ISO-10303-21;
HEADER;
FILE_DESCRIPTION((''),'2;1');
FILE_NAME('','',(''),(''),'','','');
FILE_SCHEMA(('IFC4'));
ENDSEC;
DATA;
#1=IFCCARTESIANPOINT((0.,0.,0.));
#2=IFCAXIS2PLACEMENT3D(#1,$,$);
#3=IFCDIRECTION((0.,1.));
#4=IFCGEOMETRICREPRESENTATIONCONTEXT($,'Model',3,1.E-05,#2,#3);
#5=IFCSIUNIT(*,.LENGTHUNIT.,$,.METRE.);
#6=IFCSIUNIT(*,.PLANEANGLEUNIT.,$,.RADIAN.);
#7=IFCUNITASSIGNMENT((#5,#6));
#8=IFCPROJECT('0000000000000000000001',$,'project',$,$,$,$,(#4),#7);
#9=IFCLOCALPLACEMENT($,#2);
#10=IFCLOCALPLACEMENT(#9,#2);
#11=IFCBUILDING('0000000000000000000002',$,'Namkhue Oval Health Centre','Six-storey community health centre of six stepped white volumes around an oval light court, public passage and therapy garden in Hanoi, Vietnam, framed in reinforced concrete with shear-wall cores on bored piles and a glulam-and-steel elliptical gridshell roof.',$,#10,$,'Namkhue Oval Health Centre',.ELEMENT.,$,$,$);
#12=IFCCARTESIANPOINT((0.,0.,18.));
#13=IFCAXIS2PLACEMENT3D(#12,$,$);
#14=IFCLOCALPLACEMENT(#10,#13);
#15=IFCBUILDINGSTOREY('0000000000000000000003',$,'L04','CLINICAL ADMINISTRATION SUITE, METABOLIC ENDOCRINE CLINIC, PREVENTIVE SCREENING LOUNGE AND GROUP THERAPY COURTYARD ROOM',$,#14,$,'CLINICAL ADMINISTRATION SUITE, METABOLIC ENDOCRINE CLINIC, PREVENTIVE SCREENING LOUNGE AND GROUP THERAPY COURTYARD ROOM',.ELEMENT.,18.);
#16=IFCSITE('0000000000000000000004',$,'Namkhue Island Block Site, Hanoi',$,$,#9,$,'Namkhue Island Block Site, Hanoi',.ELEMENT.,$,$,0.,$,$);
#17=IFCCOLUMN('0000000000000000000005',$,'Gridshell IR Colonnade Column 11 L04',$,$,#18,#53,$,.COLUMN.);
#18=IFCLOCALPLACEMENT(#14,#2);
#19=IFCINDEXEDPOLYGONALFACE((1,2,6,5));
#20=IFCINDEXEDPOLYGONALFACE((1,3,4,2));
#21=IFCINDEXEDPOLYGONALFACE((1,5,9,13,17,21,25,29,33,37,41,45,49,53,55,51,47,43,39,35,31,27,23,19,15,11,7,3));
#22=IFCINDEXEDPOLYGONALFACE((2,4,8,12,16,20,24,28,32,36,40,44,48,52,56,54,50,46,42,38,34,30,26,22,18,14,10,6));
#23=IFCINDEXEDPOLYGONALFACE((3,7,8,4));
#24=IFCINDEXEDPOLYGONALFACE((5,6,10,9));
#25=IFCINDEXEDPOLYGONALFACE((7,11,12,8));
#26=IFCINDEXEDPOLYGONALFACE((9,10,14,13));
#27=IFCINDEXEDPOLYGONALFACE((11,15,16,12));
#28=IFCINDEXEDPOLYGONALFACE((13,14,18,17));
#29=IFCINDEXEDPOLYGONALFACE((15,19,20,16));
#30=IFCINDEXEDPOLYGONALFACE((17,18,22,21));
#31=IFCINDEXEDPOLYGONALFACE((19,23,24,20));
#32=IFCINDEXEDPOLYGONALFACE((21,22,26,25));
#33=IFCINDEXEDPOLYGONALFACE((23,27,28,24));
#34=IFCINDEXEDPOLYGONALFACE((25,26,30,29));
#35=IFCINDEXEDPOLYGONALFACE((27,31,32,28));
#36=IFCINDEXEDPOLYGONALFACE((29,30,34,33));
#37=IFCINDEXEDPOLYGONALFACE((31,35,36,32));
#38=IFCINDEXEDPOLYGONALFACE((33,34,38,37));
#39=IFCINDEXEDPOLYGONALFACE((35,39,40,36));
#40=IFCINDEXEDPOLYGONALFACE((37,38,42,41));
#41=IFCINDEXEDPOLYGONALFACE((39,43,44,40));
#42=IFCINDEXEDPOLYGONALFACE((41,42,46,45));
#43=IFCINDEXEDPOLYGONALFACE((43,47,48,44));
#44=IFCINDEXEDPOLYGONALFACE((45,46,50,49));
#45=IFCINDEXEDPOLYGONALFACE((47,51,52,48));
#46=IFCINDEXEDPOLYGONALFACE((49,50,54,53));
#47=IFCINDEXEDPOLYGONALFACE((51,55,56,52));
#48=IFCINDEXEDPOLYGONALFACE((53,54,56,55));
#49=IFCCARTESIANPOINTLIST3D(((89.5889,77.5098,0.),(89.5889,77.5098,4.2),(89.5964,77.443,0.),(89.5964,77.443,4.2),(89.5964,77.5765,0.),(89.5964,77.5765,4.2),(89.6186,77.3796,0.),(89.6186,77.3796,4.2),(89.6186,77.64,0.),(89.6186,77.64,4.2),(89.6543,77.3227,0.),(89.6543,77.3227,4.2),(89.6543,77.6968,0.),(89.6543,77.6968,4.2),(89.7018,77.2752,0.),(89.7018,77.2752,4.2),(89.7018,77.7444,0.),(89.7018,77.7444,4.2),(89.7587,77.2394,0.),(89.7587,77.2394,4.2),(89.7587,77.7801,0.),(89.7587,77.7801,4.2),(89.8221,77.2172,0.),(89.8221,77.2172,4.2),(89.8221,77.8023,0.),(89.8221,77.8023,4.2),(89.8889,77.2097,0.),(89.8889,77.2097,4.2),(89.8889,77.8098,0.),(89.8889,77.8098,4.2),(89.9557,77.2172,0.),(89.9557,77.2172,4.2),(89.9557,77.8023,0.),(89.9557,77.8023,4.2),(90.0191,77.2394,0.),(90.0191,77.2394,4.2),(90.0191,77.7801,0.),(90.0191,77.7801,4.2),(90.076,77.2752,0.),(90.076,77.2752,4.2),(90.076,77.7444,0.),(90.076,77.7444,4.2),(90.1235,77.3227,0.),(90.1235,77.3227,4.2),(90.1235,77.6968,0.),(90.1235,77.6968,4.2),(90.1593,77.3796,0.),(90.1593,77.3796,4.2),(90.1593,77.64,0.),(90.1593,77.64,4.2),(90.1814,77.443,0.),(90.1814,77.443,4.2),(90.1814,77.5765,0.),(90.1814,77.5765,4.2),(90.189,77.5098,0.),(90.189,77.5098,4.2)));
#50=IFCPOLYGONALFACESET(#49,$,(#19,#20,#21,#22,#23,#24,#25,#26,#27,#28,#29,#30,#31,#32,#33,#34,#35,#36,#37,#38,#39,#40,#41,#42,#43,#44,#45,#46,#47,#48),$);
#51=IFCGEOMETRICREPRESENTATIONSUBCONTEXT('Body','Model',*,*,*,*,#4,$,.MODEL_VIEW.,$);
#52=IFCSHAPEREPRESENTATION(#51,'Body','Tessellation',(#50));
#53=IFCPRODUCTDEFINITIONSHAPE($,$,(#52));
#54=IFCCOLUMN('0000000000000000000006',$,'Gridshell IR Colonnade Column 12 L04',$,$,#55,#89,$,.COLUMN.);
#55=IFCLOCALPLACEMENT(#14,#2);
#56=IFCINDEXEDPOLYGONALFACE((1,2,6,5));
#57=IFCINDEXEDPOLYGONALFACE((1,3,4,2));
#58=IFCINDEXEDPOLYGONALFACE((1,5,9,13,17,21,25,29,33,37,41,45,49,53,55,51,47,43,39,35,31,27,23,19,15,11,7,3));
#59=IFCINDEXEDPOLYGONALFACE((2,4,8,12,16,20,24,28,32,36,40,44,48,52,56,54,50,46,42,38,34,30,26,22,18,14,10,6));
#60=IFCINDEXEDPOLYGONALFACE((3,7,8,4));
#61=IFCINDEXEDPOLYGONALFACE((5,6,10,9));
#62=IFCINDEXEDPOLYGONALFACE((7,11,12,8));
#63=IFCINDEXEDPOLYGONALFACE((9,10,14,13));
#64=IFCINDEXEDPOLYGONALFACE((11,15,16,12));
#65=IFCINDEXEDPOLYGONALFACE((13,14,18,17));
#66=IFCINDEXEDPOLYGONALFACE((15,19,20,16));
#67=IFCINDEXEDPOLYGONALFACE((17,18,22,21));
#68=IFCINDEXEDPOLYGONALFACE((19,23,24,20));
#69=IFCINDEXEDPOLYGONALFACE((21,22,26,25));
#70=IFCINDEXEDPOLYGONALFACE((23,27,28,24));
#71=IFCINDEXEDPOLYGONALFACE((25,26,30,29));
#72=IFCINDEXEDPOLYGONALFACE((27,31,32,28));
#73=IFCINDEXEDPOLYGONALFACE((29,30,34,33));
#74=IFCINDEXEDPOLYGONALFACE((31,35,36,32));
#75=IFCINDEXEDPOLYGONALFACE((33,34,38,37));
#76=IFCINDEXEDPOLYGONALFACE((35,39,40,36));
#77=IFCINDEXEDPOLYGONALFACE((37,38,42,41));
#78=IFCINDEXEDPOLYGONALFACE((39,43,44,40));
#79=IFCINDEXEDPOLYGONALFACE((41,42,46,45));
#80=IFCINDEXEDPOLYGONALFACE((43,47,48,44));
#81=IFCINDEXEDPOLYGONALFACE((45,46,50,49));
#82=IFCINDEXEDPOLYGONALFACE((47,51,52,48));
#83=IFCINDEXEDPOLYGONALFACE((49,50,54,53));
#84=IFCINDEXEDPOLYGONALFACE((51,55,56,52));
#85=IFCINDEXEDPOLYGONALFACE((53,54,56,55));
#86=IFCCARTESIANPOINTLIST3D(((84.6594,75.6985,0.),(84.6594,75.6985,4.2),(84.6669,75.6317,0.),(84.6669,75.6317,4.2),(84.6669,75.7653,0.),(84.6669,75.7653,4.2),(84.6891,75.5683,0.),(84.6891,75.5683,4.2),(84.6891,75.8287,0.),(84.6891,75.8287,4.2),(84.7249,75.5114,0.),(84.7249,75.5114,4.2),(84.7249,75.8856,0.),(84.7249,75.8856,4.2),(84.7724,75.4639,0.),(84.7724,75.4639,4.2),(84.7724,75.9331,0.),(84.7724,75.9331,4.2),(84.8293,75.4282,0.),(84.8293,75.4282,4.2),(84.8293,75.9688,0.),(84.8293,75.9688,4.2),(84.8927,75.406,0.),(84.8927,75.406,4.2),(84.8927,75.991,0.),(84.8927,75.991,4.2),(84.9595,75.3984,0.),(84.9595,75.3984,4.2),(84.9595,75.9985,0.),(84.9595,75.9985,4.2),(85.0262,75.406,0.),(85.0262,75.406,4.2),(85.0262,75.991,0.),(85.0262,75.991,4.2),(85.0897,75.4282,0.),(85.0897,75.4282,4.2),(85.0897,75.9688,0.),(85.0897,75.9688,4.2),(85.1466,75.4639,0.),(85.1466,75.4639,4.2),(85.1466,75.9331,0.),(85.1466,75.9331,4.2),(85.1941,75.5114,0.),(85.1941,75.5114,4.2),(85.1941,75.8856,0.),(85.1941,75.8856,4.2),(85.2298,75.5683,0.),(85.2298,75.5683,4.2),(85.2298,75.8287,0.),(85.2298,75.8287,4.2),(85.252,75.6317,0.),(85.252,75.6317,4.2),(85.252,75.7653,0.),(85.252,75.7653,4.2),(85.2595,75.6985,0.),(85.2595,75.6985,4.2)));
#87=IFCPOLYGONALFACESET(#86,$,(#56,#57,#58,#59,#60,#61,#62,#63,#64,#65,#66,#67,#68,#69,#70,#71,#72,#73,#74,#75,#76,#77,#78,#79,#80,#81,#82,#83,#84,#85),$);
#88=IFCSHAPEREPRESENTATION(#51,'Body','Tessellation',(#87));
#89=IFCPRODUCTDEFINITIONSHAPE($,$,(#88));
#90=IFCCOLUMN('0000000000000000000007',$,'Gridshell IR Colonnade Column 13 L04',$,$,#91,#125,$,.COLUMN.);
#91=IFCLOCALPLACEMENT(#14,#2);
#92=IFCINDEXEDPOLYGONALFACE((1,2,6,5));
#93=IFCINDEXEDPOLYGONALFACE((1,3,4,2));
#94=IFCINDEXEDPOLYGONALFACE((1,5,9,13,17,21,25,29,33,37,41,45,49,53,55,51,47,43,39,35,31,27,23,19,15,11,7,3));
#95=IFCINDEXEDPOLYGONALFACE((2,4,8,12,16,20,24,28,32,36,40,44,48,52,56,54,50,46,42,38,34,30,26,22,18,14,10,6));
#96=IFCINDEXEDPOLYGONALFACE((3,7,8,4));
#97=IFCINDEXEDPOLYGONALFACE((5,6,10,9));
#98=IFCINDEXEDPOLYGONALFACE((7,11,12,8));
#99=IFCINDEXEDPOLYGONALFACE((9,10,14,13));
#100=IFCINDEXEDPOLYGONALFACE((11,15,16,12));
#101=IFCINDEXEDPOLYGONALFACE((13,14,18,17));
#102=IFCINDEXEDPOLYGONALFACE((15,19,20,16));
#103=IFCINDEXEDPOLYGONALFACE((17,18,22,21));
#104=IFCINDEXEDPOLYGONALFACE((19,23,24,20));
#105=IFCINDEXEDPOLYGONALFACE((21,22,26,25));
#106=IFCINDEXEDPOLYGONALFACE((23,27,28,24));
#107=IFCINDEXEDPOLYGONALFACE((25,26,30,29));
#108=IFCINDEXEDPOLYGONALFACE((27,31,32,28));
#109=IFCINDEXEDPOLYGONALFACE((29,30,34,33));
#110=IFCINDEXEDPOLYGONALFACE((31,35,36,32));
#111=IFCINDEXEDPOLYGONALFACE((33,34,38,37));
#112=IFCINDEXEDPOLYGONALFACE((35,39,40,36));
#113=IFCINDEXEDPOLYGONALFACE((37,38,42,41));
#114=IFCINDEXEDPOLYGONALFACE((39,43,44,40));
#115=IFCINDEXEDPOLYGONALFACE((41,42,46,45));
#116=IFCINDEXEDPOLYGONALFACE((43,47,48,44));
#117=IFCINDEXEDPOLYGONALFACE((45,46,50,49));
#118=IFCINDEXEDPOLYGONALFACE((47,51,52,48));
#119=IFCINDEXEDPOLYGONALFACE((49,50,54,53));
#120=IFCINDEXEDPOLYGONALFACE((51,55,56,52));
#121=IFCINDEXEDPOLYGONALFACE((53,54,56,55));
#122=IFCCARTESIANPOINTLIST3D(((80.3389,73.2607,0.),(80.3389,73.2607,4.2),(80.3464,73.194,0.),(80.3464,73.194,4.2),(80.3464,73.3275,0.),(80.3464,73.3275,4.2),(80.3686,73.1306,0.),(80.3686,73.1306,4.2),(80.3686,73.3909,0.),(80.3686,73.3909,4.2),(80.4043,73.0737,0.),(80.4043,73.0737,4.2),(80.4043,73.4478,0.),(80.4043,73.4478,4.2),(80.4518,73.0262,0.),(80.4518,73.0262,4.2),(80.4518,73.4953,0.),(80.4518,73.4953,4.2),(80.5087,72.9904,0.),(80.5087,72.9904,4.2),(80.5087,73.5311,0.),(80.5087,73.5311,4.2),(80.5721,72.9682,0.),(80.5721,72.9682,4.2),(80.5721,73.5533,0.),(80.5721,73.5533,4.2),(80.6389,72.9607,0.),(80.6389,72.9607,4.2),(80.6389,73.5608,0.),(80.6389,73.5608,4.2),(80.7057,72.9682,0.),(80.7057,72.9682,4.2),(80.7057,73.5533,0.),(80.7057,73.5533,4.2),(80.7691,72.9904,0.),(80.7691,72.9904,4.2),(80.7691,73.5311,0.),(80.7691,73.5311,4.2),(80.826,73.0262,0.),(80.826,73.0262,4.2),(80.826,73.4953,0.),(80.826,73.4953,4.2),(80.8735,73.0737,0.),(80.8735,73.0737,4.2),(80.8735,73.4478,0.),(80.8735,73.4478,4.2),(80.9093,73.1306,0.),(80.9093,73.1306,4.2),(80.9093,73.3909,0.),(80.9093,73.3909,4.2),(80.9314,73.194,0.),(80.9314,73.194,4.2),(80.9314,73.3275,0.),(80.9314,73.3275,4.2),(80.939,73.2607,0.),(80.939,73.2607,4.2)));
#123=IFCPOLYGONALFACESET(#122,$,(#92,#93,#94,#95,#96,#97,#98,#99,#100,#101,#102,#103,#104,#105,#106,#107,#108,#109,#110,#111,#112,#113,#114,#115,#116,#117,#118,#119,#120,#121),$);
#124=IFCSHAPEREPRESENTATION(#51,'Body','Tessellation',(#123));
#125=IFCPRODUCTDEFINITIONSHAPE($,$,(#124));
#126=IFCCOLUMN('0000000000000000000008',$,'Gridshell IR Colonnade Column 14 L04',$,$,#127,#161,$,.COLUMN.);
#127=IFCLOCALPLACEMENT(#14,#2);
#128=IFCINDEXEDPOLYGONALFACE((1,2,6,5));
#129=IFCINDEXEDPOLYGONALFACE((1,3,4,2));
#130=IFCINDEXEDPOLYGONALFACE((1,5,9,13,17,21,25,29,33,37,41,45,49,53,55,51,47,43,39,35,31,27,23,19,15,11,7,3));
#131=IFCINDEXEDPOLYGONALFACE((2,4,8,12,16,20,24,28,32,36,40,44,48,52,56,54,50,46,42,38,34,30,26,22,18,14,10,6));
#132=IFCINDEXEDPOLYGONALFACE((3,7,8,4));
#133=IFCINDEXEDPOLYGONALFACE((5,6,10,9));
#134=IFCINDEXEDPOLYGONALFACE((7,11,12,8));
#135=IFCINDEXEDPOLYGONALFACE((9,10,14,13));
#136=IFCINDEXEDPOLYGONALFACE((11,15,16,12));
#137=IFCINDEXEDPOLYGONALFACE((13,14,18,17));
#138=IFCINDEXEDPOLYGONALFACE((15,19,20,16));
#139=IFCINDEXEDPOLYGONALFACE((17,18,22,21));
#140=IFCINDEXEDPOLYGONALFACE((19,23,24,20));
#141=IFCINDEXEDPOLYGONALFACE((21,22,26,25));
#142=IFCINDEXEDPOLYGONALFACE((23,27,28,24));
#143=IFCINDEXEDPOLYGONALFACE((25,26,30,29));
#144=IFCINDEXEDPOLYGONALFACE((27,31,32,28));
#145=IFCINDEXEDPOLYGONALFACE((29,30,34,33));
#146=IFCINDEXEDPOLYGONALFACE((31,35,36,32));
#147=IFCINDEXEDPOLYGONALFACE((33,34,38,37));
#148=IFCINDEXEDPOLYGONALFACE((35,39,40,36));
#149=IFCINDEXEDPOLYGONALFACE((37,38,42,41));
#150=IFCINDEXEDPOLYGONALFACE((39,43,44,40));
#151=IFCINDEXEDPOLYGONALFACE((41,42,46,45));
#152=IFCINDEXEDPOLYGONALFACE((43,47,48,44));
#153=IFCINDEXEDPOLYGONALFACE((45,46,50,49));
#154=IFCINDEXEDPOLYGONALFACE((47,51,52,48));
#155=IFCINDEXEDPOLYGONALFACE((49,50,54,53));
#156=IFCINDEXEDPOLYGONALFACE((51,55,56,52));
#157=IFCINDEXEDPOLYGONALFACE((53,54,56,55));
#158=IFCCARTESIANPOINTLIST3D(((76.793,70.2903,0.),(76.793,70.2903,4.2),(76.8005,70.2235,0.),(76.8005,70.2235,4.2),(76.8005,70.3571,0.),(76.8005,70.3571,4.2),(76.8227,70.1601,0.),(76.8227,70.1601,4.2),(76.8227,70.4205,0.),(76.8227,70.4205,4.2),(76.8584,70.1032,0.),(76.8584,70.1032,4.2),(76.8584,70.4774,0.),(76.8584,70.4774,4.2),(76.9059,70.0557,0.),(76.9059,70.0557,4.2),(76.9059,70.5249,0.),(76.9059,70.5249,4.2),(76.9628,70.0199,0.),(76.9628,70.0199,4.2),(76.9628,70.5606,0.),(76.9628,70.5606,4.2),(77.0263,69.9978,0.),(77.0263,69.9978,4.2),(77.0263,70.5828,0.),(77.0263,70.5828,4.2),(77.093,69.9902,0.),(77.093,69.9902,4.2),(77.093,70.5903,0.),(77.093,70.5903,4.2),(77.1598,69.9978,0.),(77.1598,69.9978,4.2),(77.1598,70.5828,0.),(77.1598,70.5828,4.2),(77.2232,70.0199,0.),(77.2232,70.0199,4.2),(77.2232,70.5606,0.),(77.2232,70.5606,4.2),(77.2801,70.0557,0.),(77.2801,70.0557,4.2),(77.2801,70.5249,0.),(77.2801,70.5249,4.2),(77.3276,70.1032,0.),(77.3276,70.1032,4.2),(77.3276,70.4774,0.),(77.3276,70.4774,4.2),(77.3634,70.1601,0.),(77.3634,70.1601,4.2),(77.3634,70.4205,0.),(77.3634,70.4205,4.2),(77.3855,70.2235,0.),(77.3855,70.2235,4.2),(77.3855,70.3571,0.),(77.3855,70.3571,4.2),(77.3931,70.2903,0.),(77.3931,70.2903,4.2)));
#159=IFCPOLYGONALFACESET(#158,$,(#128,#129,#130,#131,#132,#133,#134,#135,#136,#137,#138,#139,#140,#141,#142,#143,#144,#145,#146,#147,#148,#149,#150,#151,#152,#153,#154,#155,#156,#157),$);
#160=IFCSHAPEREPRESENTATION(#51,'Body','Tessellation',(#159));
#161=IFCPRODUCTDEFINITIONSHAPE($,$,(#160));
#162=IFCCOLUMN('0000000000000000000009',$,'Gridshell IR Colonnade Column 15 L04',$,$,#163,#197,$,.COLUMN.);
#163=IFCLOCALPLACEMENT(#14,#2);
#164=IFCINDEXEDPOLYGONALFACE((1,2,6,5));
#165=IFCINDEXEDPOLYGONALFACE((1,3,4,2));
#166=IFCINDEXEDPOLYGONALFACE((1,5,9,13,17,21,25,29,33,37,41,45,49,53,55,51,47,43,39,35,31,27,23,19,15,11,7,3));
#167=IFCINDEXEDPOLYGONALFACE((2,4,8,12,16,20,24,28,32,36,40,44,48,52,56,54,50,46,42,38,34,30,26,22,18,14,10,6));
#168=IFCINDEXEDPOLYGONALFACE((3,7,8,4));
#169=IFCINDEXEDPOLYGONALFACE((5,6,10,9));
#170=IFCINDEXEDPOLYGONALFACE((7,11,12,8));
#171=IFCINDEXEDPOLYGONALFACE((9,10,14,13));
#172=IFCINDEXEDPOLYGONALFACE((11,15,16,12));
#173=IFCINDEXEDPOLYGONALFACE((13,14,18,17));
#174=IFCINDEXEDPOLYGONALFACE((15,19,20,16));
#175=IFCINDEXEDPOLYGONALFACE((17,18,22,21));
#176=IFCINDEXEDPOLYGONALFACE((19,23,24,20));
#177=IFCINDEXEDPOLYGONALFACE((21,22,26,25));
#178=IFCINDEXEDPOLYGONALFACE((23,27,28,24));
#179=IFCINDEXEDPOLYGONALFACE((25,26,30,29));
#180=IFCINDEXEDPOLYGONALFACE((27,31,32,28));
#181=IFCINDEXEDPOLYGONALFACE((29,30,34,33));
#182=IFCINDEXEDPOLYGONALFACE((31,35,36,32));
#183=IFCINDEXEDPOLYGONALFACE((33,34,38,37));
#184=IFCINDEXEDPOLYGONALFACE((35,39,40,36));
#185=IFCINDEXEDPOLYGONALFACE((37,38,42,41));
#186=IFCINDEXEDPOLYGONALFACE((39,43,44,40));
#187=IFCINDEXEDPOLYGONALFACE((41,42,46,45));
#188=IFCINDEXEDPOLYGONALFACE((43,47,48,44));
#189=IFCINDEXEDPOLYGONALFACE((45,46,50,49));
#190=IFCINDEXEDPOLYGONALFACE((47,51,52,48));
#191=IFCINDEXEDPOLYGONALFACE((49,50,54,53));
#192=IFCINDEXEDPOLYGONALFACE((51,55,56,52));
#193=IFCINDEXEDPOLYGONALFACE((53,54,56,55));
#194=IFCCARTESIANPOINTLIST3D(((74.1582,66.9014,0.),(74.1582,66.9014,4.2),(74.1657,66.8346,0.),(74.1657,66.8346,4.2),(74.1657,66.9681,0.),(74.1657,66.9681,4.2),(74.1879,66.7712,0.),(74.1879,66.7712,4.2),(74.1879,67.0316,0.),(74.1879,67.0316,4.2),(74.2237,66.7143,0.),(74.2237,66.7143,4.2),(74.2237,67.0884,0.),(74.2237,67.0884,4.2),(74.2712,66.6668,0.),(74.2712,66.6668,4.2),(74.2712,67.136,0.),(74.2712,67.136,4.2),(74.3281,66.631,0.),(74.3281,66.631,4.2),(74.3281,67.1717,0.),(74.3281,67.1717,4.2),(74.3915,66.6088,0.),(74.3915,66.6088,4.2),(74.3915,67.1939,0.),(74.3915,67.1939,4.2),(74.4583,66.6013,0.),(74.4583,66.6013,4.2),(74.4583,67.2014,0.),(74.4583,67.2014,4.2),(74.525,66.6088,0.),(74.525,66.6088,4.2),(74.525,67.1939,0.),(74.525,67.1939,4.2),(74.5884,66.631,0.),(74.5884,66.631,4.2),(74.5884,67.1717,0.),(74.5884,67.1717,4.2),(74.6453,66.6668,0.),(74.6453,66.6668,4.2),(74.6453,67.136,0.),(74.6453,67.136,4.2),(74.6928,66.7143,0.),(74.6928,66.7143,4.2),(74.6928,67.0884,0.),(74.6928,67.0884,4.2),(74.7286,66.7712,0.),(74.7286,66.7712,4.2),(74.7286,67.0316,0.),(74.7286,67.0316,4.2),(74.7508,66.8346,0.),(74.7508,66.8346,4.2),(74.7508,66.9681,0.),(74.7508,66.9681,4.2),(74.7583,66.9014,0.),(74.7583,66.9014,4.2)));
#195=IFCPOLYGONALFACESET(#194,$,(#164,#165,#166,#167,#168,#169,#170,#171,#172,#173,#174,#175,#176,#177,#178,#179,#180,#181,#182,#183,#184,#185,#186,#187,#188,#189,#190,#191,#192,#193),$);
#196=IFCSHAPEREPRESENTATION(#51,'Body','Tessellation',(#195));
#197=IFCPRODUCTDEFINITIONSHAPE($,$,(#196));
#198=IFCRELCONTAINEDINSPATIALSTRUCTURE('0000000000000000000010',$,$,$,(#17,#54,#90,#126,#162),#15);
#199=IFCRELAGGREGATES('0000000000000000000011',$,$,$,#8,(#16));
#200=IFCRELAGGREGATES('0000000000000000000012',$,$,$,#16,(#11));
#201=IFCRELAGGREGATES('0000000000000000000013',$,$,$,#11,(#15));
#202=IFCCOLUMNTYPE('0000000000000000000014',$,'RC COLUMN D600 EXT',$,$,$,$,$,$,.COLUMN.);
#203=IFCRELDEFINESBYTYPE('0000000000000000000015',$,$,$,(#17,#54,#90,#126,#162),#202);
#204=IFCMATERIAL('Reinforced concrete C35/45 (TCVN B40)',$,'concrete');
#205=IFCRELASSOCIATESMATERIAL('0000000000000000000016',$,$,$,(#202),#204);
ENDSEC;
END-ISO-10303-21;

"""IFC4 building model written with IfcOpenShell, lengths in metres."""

from ifc_helpers import new_model, si_unit, direction, frame, origin, origin_2d, place, context, subcontext, project, spatial, circle, extrude, material, material_profile, profile_set, type_object, element, save


model = new_model("IFC4")

# Units and contexts
model_context = context("Model", 3, precision=1e-05, world=origin(), true_north=direction((0.0, 1.0)))
body_context = subcontext(model_context, "Body", "Model", "MODEL_VIEW")
ifc_project = project(units=[si_unit("LENGTHUNIT", "METRE"), si_unit("PLANEANGLEUNIT", "RADIAN")], contexts=[model_context])

# Site, building, storey
site_placement = place(None, origin())
site = spatial("IfcSite", under=ifc_project, at=site_placement, Name="Namkhue Island Block Site, Hanoi", LongName="Namkhue Island Block Site, Hanoi", CompositionType="ELEMENT", RefElevation=0.0)
building_placement = place(site_placement, origin())
building = spatial("IfcBuilding", under=site, at=building_placement, Name="Namkhue Oval Health Centre", Description="Six-storey community health centre of six stepped white volumes around an oval light court, public passage and therapy garden in Hanoi, Vietnam, framed in reinforced concrete with shear-wall cores on bored piles and a glulam-and-steel elliptical gridshell roof.", LongName="Namkhue Oval Health Centre", CompositionType="ELEMENT")
storey_placement = place(building_placement, frame((0.0, 0.0, 18.0)))
storey = spatial("IfcBuildingStorey", under=building, at=storey_placement, Name="L04", Description="CLINICAL ADMINISTRATION SUITE, METABOLIC ENDOCRINE CLINIC, PREVENTIVE SCREENING LOUNGE AND GROUP THERAPY COURTYARD ROOM", LongName="CLINICAL ADMINISTRATION SUITE, METABOLIC ENDOCRINE CLINIC, PREVENTIVE SCREENING LOUNGE AND GROUP THERAPY COURTYARD ROOM", CompositionType="ELEMENT", Elevation=18.0)

# Columns
ifc_material_1 = material(Name="Reinforced concrete C35/45 (TCVN B40)", Category="concrete")
ifc_material_profile_1 = material_profile(ifc_material_1, circle(Radius=0.3, at=origin_2d()), Name="RC D600")
ifc_profile_set_1 = profile_set([ifc_material_profile_1], Name="Reinforced concrete C35/45 (TCVN B40)")
column_type_1 = type_object("IfcColumnType", Name="RC COLUMN D600 EXT", PredefinedType="COLUMN", material=ifc_profile_set_1)
for number, where, z_axis, x_axis, name in (
    (1, (89.8889, 77.5098, 0.0), (0.0, 0.0, 1.0), (1.0, 0.0, 0.0), "Gridshell IR Colonnade Column 11 L04"),
    (2, (84.9595, 75.6985, 0.0), (0.0, 0.0, 1.0), (1.0, 0.0, 0.0), "Gridshell IR Colonnade Column 12 L04"),
    (3, (80.6389, 73.2607, 0.0), (0.0, 0.0, 1.0), (1.0, 0.0, 0.0), "Gridshell IR Colonnade Column 13 L04"),
    (4, (77.093, 70.2903, 0.0), (0.0, 0.0, 1.0), (1.0, 0.0, 0.0), "Gridshell IR Colonnade Column 14 L04"),
    (5, (74.4583, 66.9014, 0.0), (0.0, 0.0, 1.0), (1.0, 0.0, 0.0), "Gridshell IR Colonnade Column 15 L04"),
):
    element("IfcColumn", number, at=place(storey_placement, frame(where, z_axis=z_axis, x_axis=x_axis)), inside=storey, type_object=column_type_1, Name=name, PredefinedType="COLUMN", context=body_context, shape_type="SweptSolid", body=[
        extrude(circle(Radius=0.3, at=origin_2d()), origin(), (0.0, 0.0, 1.0), 4.2),
    ])

save(model, "model.ifc")
